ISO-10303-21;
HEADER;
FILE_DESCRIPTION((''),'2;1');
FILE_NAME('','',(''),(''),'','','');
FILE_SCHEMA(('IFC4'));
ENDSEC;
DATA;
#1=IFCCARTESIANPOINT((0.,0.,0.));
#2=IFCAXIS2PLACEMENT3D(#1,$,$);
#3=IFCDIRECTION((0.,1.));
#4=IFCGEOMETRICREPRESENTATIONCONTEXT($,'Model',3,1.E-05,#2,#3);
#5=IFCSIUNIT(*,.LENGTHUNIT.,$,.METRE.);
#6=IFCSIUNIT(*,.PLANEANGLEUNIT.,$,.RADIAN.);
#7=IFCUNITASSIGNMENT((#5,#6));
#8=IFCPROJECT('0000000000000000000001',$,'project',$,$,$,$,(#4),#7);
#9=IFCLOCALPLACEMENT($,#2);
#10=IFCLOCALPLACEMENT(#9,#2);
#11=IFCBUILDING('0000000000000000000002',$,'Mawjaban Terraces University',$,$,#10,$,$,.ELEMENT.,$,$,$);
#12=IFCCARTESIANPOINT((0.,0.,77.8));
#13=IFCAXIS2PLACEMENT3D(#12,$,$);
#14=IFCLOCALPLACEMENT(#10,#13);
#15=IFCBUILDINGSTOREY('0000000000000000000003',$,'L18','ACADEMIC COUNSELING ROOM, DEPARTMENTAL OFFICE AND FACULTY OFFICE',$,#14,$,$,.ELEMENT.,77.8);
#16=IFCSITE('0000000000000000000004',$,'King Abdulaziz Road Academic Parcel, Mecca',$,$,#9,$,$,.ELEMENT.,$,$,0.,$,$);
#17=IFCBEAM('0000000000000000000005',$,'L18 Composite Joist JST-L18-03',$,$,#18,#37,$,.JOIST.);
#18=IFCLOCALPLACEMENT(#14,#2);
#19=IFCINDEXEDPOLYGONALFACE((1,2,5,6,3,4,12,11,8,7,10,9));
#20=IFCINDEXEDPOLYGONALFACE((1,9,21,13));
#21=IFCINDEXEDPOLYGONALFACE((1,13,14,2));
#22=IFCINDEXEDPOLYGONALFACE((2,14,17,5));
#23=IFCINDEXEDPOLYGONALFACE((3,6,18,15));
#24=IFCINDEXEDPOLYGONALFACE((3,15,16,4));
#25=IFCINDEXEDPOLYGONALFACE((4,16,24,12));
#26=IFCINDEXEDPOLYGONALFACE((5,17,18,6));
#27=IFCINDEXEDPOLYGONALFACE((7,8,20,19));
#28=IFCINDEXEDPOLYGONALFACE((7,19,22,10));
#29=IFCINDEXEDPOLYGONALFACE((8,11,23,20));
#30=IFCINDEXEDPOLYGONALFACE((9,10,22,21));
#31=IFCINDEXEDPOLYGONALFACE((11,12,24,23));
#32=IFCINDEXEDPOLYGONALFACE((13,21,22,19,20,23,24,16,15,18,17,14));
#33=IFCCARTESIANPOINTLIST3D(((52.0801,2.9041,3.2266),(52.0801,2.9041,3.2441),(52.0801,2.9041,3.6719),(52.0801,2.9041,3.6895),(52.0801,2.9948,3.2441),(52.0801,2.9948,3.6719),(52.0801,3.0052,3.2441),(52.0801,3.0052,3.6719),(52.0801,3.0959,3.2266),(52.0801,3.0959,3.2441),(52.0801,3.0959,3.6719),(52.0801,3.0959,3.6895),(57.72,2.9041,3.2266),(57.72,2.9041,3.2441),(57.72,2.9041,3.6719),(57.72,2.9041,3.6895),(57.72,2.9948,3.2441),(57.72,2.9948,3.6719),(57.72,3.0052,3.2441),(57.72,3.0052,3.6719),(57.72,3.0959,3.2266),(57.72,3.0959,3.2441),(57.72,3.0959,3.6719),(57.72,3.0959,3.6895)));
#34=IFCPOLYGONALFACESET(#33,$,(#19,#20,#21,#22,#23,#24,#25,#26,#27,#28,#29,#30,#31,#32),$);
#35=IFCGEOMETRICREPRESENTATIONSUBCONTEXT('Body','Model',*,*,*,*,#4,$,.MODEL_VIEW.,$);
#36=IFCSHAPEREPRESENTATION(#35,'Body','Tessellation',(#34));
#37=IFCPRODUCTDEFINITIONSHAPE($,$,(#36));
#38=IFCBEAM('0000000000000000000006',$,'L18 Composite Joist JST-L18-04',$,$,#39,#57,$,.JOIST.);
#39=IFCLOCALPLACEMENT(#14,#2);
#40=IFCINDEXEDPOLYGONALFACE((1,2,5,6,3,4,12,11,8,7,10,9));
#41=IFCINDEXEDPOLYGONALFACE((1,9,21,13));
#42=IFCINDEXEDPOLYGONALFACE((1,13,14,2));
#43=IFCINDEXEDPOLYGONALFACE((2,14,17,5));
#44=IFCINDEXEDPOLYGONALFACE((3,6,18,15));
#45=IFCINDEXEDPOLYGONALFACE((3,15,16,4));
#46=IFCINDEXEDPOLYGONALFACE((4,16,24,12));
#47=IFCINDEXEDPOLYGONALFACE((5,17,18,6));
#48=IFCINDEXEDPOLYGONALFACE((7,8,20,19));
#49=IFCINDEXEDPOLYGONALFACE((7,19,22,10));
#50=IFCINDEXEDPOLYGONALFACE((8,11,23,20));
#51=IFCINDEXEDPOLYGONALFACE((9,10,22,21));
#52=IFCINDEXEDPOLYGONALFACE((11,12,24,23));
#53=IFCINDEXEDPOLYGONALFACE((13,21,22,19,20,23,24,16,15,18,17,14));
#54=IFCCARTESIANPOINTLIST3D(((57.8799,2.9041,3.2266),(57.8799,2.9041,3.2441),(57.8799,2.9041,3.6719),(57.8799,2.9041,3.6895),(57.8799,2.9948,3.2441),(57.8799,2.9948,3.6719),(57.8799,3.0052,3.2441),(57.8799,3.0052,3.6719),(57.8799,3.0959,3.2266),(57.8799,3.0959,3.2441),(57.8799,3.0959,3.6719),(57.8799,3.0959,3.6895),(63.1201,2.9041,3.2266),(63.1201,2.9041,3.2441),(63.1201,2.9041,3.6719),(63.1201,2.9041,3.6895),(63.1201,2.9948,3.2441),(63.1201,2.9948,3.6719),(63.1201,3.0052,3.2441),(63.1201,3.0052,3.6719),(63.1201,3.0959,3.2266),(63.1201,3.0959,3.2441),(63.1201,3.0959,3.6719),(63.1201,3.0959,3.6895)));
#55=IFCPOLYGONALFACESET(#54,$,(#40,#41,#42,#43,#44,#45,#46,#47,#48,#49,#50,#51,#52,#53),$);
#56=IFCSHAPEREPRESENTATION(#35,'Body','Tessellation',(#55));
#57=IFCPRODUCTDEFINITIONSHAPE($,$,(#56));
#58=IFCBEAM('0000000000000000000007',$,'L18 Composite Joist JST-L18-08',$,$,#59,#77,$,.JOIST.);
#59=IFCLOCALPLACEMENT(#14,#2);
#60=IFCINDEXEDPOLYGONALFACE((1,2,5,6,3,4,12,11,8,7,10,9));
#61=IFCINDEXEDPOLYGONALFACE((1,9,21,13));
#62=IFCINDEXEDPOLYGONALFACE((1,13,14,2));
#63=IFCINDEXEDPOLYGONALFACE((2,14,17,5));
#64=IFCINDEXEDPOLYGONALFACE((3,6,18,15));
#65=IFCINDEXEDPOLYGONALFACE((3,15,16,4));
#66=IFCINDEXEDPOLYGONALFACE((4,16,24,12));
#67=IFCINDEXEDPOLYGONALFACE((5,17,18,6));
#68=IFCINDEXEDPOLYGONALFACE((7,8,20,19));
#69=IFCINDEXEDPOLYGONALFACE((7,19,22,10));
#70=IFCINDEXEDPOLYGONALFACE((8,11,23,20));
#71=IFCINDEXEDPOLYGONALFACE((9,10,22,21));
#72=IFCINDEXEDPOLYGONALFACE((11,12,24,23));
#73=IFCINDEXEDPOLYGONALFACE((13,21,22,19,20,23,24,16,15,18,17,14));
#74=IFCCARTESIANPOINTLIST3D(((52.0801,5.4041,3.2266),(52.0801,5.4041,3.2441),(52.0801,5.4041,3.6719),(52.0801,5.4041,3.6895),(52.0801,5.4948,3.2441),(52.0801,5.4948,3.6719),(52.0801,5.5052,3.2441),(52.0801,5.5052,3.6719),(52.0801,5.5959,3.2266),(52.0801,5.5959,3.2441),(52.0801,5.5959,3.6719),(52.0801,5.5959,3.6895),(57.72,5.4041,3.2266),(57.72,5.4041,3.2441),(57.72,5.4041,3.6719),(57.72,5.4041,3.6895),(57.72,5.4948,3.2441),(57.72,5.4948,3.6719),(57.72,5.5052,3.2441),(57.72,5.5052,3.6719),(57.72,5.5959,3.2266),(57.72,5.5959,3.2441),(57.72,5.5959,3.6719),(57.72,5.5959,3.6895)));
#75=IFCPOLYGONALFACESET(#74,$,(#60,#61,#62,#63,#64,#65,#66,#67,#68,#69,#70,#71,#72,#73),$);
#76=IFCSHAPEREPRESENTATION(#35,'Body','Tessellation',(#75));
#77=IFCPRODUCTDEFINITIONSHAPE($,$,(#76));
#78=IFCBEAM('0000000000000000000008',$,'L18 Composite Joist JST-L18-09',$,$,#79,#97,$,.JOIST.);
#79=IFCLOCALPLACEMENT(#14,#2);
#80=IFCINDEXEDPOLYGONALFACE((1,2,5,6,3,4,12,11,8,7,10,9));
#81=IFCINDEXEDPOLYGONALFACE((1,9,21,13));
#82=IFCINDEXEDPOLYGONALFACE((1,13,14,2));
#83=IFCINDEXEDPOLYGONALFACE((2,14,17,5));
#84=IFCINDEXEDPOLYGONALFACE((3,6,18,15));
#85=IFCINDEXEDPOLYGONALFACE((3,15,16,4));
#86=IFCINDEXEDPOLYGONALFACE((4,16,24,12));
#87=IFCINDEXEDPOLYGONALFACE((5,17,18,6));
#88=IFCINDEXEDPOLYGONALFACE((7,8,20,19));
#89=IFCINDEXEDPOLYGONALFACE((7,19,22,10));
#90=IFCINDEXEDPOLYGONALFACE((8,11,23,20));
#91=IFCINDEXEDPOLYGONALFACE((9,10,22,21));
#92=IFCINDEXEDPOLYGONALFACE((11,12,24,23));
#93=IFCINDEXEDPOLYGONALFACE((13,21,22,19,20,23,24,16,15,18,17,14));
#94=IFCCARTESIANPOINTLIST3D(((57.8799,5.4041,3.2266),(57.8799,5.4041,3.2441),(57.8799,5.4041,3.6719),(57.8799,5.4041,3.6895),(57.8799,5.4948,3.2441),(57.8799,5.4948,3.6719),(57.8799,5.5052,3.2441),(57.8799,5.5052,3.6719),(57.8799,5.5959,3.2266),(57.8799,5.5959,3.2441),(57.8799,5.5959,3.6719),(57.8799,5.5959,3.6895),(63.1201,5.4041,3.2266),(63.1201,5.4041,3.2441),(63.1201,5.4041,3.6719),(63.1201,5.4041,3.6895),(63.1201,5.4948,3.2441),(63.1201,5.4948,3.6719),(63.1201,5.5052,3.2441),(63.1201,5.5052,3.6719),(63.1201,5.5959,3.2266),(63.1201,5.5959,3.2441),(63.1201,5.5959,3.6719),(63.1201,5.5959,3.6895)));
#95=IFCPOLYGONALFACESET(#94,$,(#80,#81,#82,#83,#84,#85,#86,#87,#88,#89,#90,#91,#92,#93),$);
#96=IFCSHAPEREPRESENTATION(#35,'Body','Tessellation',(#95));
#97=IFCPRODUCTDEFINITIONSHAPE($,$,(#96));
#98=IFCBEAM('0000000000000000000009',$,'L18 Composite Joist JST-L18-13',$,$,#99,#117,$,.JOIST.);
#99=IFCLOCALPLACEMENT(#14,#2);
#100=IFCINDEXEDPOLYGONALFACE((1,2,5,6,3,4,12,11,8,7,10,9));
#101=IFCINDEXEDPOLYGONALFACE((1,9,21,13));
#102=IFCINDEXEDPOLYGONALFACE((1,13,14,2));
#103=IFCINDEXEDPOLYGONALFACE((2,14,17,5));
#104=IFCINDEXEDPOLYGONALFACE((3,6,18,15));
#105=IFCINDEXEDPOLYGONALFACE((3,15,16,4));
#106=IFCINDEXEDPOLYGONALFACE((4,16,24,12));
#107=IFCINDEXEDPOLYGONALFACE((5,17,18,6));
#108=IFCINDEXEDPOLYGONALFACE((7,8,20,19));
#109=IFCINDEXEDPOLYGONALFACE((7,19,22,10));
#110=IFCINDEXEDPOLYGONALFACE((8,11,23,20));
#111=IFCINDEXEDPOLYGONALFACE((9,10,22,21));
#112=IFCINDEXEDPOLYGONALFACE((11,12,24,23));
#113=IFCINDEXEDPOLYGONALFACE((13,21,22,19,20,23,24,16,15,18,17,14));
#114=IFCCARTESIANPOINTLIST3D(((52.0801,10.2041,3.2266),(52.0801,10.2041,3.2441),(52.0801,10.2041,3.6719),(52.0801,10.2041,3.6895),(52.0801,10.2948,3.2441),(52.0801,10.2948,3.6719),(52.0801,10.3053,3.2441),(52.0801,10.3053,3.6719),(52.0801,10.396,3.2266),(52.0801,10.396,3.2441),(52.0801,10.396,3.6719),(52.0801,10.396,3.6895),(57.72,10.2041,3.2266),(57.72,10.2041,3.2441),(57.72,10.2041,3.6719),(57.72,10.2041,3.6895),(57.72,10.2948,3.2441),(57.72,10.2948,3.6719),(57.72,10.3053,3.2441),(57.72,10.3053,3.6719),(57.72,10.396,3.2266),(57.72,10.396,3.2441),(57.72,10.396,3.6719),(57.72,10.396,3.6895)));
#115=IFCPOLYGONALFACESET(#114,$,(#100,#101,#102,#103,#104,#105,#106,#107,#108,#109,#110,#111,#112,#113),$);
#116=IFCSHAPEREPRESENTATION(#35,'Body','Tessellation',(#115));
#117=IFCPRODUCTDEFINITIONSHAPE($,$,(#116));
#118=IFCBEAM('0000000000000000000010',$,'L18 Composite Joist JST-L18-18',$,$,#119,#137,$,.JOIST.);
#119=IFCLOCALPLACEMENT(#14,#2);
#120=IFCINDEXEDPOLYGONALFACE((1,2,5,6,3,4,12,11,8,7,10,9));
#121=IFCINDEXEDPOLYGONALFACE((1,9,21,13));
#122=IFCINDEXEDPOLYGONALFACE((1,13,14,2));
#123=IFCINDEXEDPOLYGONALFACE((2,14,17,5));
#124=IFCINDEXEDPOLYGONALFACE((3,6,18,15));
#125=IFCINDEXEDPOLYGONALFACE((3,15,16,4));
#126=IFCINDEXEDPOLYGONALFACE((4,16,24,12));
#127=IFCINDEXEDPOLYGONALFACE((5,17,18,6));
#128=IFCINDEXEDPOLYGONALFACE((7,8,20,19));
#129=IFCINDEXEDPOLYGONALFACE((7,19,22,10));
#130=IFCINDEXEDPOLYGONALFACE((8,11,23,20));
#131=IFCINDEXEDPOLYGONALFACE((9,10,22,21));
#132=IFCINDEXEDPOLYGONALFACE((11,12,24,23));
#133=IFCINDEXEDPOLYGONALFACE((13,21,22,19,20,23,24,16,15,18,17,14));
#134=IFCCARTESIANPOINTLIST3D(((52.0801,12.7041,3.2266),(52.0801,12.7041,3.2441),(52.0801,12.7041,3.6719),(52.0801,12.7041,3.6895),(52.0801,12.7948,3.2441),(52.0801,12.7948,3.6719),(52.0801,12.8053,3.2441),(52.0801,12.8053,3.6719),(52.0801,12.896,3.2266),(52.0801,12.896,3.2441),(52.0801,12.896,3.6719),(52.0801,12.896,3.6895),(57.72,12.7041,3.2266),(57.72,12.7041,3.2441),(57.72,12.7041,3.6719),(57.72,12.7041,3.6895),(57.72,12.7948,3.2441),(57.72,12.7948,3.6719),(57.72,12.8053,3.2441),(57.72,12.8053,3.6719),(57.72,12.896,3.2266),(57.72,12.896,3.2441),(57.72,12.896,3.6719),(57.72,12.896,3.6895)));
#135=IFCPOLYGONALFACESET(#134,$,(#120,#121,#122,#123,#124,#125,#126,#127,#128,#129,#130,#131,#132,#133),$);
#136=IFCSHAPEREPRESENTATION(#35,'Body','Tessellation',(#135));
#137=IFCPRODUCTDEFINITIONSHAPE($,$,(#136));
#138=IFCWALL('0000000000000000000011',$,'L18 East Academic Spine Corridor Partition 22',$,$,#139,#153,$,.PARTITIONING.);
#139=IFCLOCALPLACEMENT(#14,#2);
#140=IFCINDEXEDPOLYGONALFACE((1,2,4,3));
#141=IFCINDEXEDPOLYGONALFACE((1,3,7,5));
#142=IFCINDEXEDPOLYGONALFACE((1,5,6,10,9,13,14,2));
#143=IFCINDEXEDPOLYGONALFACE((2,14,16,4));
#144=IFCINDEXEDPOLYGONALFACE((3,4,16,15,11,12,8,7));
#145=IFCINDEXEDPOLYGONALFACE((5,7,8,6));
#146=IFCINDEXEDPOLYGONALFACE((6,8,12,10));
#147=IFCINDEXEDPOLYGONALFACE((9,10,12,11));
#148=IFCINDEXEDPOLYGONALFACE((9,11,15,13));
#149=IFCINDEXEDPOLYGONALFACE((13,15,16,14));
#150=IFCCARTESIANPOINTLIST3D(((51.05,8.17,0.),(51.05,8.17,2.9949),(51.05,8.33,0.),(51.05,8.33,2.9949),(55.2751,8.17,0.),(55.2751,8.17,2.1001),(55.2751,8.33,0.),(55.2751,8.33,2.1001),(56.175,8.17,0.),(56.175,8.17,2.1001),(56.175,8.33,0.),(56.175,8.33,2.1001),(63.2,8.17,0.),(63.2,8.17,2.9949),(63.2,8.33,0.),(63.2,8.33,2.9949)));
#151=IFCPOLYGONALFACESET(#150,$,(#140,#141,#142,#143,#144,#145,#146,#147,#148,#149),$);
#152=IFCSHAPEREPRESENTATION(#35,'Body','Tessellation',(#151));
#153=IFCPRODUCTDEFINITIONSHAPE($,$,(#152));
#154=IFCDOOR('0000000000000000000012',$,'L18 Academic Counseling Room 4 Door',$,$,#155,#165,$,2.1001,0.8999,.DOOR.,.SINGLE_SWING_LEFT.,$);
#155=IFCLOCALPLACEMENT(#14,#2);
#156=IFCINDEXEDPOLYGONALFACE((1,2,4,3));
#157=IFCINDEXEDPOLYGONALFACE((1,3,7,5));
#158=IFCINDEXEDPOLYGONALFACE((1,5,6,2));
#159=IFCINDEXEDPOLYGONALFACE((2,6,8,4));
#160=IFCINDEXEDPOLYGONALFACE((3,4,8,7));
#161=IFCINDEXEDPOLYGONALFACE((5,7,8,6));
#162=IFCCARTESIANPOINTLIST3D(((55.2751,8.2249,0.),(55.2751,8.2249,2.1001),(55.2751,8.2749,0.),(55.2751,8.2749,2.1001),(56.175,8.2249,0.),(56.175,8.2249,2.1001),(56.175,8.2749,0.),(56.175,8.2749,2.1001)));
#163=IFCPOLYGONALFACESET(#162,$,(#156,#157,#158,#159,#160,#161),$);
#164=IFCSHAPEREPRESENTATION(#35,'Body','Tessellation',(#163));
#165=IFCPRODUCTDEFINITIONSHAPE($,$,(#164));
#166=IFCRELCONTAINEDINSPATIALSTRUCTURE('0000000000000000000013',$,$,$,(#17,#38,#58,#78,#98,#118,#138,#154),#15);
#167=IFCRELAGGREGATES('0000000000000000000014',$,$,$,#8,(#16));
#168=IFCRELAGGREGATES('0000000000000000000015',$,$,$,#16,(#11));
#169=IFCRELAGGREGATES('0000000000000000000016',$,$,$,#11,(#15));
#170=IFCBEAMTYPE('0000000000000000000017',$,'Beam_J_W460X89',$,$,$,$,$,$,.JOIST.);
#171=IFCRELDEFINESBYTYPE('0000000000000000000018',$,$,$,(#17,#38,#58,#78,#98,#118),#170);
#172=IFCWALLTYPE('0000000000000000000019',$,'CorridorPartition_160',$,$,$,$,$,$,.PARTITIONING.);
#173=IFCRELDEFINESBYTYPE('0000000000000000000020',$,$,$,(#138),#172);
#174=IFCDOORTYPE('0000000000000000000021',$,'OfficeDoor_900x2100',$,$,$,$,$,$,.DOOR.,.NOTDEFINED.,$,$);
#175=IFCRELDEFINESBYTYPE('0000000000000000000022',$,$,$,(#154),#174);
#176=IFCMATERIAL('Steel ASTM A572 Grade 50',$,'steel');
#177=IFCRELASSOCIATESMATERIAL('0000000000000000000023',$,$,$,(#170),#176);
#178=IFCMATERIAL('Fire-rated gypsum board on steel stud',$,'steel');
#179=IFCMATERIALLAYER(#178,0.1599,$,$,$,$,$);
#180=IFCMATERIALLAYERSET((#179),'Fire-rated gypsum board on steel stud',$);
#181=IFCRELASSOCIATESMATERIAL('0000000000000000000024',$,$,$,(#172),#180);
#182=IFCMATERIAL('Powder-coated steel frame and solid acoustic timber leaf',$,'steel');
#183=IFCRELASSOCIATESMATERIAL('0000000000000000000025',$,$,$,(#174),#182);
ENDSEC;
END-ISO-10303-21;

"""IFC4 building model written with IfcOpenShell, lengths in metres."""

from ifc_helpers import new_model, si_unit, direction, frame, frame_2d, origin, origin_2d, place, context, subcontext, project, spatial, rectangle, i_section, extrude, material, layer, layer_set, material_profile, profile_set, type_object, element, fill, save


model = new_model("IFC4")

# Units and contexts
model_context = context("Model", 3, precision=1e-05, world=origin(), true_north=direction((0.0, 1.0)))
body_context = subcontext(model_context, "Body", "Model", "MODEL_VIEW")
ifc_project = project(units=[si_unit("LENGTHUNIT", "METRE"), si_unit("PLANEANGLEUNIT", "RADIAN")], contexts=[model_context])

# Site, building, storey
site_placement = place(None, origin())
site = spatial("IfcSite", under=ifc_project, at=site_placement, Name="King Abdulaziz Road Academic Parcel, Mecca", CompositionType="ELEMENT", RefElevation=0.0)
building_placement = place(site_placement, origin())
building = spatial("IfcBuilding", under=site, at=building_placement, Name="Mawjaban Terraces University", CompositionType="ELEMENT")
storey_placement = place(building_placement, frame((0.0, 0.0, 77.8)))
storey = spatial("IfcBuildingStorey", under=building, at=storey_placement, Name="L18", Description="ACADEMIC COUNSELING ROOM, DEPARTMENTAL OFFICE AND FACULTY OFFICE", CompositionType="ELEMENT", Elevation=77.8)

# Beams
ifc_material_1 = material(Name="Steel ASTM A572 Grade 50", Category="steel")
ifc_material_profile_1 = material_profile(ifc_material_1, i_section(OverallWidth=0.1919, OverallDepth=0.4629, WebThickness=0.0105, FlangeThickness=0.0176, at=origin_2d()), Name="W460X89")
ifc_profile_set_1 = profile_set([ifc_material_profile_1], Name="Steel ASTM A572 Grade 50")
beam_type_1 = type_object("IfcBeamType", Name="Beam_J_W460X89", PredefinedType="JOIST", material=ifc_profile_set_1)
beam_1_placement = place(storey_placement, frame((52.0801, 3.0, 3.458), z_axis=(1.0, 0.0, 0.0), x_axis=(0.0, 1.0, 0.0)))
element("IfcBeam", 1, at=beam_1_placement, inside=storey, type_object=beam_type_1, Name="L18 Composite Joist JST-L18-03", PredefinedType="JOIST", context=body_context, shape_type="SweptSolid", body=[
    extrude(i_section(OverallWidth=0.1919, OverallDepth=0.4629, WebThickness=0.0105, FlangeThickness=0.0176, at=origin_2d()), origin(), (0.0, 0.0, 1.0), 5.6399),
])
beam_2_placement = place(storey_placement, frame((57.8799, 3.0, 3.458), z_axis=(1.0, 0.0, 0.0), x_axis=(0.0, 1.0, 0.0)))
element("IfcBeam", 2, at=beam_2_placement, inside=storey, type_object=beam_type_1, Name="L18 Composite Joist JST-L18-04", PredefinedType="JOIST", context=body_context, shape_type="SweptSolid", body=[
    extrude(i_section(OverallWidth=0.1919, OverallDepth=0.4629, WebThickness=0.0105, FlangeThickness=0.0176, at=origin_2d()), origin(), (0.0, 0.0, 1.0), 5.2402),
])
beam_3_placement = place(storey_placement, frame((52.0801, 5.5, 3.458), z_axis=(1.0, 0.0, 0.0), x_axis=(0.0, 1.0, 0.0)))
element("IfcBeam", 3, at=beam_3_placement, inside=storey, type_object=beam_type_1, Name="L18 Composite Joist JST-L18-08", PredefinedType="JOIST", context=body_context, shape_type="SweptSolid", body=[
    extrude(i_section(OverallWidth=0.1919, OverallDepth=0.4629, WebThickness=0.0105, FlangeThickness=0.0176, at=origin_2d()), origin(), (0.0, 0.0, 1.0), 5.6399),
])
beam_4_placement = place(storey_placement, frame((57.8799, 5.5, 3.458), z_axis=(1.0, 0.0, 0.0), x_axis=(0.0, 1.0, 0.0)))
element("IfcBeam", 4, at=beam_4_placement, inside=storey, type_object=beam_type_1, Name="L18 Composite Joist JST-L18-09", PredefinedType="JOIST", context=body_context, shape_type="SweptSolid", body=[
    extrude(i_section(OverallWidth=0.1919, OverallDepth=0.4629, WebThickness=0.0105, FlangeThickness=0.0176, at=origin_2d()), origin(), (0.0, 0.0, 1.0), 5.2402),
])
for number, where, z_axis, x_axis, name in (
    (5, (52.0801, 10.3, 3.458), (1.0, 0.0, 0.0), (0.0, 1.0, 0.0), "L18 Composite Joist JST-L18-13"),
    (6, (52.0801, 12.8, 3.458), (1.0, 0.0, 0.0), (0.0, 1.0, 0.0), "L18 Composite Joist JST-L18-18"),
):
    element("IfcBeam", number, at=place(storey_placement, frame(where, z_axis=z_axis, x_axis=x_axis)), inside=storey, type_object=beam_type_1, Name=name, PredefinedType="JOIST", context=body_context, shape_type="SweptSolid", body=[
        extrude(i_section(OverallWidth=0.1919, OverallDepth=0.4629, WebThickness=0.0105, FlangeThickness=0.0176, at=origin_2d()), origin(), (0.0, 0.0, 1.0), 5.6399),
    ])

# Wall, opening, door
ifc_material_2 = material(Name="Fire-rated gypsum board on steel stud", Category="steel")
ifc_layer_1 = layer(ifc_material_2, 0.1599)
ifc_layer_set_1 = layer_set([ifc_layer_1], Name="Fire-rated gypsum board on steel stud")
wall_type_1 = type_object("IfcWallType", Name="CorridorPartition_160", PredefinedType="PARTITIONING", material=ifc_layer_set_1)
wall_1_placement = place(storey_placement, frame((51.05, 8.25, 0.0), z_axis=(0.0, 0.0, 1.0), x_axis=(1.0, 0.0, 0.0)))
wall_1 = element("IfcWall", 7, at=wall_1_placement, inside=storey, type_object=wall_type_1, Name="L18 East Academic Spine Corridor Partition 22", PredefinedType="PARTITIONING", context=body_context, shape_type="SweptSolid", body=[
    extrude(rectangle(XDim=12.1499, YDim=0.1599, at=frame_2d((6.075, 0.0))), origin(), (0.0, 0.0, 1.0), 2.9949),
])
opening_1_placement = place(wall_1_placement, frame((4.2251, 0.0, 0.0)))
opening_1 = element("IfcOpeningElement", 8, at=opening_1_placement, cuts=wall_1, PredefinedType="OPENING", context=body_context, shape_type="SweptSolid", body=[
    extrude(rectangle(XDim=0.8999, YDim=2.1001, at=frame_2d((0.45, 1.05))), frame((0.0, 0.0898, 0.0), z_axis=(0.0, -1.0, 0.0), x_axis=(1.0, 0.0, 0.0)), (0.0, 0.0, 1.0), 0.1799),
])
ifc_material_3 = material(Name="Powder-coated steel frame and solid acoustic timber leaf", Category="steel")
door_type = type_object("IfcDoorType", Name="OfficeDoor_900x2100", OperationType="NOTDEFINED", PredefinedType="DOOR", material=ifc_material_3)
door_1_placement = place(opening_1_placement, origin())
door_1 = element("IfcDoor", 9, at=door_1_placement, inside=storey, type_object=door_type, Name="L18 Academic Counseling Room 4 Door", OperationType="SINGLE_SWING_LEFT", OverallHeight=2.1001, OverallWidth=0.8999, PredefinedType="DOOR", context=body_context, shape_type="SweptSolid", body=[
    extrude(rectangle(XDim=0.8999, YDim=2.1001, at=frame_2d((0.45, 1.05))), frame((0.0, 0.0249, 0.0), z_axis=(0.0, -1.0, 0.0), x_axis=(1.0, 0.0, 0.0)), (0.0, 0.0, 1.0), 0.05),
])
fill(opening_1, door_1)

save(model, "model.ifc")
